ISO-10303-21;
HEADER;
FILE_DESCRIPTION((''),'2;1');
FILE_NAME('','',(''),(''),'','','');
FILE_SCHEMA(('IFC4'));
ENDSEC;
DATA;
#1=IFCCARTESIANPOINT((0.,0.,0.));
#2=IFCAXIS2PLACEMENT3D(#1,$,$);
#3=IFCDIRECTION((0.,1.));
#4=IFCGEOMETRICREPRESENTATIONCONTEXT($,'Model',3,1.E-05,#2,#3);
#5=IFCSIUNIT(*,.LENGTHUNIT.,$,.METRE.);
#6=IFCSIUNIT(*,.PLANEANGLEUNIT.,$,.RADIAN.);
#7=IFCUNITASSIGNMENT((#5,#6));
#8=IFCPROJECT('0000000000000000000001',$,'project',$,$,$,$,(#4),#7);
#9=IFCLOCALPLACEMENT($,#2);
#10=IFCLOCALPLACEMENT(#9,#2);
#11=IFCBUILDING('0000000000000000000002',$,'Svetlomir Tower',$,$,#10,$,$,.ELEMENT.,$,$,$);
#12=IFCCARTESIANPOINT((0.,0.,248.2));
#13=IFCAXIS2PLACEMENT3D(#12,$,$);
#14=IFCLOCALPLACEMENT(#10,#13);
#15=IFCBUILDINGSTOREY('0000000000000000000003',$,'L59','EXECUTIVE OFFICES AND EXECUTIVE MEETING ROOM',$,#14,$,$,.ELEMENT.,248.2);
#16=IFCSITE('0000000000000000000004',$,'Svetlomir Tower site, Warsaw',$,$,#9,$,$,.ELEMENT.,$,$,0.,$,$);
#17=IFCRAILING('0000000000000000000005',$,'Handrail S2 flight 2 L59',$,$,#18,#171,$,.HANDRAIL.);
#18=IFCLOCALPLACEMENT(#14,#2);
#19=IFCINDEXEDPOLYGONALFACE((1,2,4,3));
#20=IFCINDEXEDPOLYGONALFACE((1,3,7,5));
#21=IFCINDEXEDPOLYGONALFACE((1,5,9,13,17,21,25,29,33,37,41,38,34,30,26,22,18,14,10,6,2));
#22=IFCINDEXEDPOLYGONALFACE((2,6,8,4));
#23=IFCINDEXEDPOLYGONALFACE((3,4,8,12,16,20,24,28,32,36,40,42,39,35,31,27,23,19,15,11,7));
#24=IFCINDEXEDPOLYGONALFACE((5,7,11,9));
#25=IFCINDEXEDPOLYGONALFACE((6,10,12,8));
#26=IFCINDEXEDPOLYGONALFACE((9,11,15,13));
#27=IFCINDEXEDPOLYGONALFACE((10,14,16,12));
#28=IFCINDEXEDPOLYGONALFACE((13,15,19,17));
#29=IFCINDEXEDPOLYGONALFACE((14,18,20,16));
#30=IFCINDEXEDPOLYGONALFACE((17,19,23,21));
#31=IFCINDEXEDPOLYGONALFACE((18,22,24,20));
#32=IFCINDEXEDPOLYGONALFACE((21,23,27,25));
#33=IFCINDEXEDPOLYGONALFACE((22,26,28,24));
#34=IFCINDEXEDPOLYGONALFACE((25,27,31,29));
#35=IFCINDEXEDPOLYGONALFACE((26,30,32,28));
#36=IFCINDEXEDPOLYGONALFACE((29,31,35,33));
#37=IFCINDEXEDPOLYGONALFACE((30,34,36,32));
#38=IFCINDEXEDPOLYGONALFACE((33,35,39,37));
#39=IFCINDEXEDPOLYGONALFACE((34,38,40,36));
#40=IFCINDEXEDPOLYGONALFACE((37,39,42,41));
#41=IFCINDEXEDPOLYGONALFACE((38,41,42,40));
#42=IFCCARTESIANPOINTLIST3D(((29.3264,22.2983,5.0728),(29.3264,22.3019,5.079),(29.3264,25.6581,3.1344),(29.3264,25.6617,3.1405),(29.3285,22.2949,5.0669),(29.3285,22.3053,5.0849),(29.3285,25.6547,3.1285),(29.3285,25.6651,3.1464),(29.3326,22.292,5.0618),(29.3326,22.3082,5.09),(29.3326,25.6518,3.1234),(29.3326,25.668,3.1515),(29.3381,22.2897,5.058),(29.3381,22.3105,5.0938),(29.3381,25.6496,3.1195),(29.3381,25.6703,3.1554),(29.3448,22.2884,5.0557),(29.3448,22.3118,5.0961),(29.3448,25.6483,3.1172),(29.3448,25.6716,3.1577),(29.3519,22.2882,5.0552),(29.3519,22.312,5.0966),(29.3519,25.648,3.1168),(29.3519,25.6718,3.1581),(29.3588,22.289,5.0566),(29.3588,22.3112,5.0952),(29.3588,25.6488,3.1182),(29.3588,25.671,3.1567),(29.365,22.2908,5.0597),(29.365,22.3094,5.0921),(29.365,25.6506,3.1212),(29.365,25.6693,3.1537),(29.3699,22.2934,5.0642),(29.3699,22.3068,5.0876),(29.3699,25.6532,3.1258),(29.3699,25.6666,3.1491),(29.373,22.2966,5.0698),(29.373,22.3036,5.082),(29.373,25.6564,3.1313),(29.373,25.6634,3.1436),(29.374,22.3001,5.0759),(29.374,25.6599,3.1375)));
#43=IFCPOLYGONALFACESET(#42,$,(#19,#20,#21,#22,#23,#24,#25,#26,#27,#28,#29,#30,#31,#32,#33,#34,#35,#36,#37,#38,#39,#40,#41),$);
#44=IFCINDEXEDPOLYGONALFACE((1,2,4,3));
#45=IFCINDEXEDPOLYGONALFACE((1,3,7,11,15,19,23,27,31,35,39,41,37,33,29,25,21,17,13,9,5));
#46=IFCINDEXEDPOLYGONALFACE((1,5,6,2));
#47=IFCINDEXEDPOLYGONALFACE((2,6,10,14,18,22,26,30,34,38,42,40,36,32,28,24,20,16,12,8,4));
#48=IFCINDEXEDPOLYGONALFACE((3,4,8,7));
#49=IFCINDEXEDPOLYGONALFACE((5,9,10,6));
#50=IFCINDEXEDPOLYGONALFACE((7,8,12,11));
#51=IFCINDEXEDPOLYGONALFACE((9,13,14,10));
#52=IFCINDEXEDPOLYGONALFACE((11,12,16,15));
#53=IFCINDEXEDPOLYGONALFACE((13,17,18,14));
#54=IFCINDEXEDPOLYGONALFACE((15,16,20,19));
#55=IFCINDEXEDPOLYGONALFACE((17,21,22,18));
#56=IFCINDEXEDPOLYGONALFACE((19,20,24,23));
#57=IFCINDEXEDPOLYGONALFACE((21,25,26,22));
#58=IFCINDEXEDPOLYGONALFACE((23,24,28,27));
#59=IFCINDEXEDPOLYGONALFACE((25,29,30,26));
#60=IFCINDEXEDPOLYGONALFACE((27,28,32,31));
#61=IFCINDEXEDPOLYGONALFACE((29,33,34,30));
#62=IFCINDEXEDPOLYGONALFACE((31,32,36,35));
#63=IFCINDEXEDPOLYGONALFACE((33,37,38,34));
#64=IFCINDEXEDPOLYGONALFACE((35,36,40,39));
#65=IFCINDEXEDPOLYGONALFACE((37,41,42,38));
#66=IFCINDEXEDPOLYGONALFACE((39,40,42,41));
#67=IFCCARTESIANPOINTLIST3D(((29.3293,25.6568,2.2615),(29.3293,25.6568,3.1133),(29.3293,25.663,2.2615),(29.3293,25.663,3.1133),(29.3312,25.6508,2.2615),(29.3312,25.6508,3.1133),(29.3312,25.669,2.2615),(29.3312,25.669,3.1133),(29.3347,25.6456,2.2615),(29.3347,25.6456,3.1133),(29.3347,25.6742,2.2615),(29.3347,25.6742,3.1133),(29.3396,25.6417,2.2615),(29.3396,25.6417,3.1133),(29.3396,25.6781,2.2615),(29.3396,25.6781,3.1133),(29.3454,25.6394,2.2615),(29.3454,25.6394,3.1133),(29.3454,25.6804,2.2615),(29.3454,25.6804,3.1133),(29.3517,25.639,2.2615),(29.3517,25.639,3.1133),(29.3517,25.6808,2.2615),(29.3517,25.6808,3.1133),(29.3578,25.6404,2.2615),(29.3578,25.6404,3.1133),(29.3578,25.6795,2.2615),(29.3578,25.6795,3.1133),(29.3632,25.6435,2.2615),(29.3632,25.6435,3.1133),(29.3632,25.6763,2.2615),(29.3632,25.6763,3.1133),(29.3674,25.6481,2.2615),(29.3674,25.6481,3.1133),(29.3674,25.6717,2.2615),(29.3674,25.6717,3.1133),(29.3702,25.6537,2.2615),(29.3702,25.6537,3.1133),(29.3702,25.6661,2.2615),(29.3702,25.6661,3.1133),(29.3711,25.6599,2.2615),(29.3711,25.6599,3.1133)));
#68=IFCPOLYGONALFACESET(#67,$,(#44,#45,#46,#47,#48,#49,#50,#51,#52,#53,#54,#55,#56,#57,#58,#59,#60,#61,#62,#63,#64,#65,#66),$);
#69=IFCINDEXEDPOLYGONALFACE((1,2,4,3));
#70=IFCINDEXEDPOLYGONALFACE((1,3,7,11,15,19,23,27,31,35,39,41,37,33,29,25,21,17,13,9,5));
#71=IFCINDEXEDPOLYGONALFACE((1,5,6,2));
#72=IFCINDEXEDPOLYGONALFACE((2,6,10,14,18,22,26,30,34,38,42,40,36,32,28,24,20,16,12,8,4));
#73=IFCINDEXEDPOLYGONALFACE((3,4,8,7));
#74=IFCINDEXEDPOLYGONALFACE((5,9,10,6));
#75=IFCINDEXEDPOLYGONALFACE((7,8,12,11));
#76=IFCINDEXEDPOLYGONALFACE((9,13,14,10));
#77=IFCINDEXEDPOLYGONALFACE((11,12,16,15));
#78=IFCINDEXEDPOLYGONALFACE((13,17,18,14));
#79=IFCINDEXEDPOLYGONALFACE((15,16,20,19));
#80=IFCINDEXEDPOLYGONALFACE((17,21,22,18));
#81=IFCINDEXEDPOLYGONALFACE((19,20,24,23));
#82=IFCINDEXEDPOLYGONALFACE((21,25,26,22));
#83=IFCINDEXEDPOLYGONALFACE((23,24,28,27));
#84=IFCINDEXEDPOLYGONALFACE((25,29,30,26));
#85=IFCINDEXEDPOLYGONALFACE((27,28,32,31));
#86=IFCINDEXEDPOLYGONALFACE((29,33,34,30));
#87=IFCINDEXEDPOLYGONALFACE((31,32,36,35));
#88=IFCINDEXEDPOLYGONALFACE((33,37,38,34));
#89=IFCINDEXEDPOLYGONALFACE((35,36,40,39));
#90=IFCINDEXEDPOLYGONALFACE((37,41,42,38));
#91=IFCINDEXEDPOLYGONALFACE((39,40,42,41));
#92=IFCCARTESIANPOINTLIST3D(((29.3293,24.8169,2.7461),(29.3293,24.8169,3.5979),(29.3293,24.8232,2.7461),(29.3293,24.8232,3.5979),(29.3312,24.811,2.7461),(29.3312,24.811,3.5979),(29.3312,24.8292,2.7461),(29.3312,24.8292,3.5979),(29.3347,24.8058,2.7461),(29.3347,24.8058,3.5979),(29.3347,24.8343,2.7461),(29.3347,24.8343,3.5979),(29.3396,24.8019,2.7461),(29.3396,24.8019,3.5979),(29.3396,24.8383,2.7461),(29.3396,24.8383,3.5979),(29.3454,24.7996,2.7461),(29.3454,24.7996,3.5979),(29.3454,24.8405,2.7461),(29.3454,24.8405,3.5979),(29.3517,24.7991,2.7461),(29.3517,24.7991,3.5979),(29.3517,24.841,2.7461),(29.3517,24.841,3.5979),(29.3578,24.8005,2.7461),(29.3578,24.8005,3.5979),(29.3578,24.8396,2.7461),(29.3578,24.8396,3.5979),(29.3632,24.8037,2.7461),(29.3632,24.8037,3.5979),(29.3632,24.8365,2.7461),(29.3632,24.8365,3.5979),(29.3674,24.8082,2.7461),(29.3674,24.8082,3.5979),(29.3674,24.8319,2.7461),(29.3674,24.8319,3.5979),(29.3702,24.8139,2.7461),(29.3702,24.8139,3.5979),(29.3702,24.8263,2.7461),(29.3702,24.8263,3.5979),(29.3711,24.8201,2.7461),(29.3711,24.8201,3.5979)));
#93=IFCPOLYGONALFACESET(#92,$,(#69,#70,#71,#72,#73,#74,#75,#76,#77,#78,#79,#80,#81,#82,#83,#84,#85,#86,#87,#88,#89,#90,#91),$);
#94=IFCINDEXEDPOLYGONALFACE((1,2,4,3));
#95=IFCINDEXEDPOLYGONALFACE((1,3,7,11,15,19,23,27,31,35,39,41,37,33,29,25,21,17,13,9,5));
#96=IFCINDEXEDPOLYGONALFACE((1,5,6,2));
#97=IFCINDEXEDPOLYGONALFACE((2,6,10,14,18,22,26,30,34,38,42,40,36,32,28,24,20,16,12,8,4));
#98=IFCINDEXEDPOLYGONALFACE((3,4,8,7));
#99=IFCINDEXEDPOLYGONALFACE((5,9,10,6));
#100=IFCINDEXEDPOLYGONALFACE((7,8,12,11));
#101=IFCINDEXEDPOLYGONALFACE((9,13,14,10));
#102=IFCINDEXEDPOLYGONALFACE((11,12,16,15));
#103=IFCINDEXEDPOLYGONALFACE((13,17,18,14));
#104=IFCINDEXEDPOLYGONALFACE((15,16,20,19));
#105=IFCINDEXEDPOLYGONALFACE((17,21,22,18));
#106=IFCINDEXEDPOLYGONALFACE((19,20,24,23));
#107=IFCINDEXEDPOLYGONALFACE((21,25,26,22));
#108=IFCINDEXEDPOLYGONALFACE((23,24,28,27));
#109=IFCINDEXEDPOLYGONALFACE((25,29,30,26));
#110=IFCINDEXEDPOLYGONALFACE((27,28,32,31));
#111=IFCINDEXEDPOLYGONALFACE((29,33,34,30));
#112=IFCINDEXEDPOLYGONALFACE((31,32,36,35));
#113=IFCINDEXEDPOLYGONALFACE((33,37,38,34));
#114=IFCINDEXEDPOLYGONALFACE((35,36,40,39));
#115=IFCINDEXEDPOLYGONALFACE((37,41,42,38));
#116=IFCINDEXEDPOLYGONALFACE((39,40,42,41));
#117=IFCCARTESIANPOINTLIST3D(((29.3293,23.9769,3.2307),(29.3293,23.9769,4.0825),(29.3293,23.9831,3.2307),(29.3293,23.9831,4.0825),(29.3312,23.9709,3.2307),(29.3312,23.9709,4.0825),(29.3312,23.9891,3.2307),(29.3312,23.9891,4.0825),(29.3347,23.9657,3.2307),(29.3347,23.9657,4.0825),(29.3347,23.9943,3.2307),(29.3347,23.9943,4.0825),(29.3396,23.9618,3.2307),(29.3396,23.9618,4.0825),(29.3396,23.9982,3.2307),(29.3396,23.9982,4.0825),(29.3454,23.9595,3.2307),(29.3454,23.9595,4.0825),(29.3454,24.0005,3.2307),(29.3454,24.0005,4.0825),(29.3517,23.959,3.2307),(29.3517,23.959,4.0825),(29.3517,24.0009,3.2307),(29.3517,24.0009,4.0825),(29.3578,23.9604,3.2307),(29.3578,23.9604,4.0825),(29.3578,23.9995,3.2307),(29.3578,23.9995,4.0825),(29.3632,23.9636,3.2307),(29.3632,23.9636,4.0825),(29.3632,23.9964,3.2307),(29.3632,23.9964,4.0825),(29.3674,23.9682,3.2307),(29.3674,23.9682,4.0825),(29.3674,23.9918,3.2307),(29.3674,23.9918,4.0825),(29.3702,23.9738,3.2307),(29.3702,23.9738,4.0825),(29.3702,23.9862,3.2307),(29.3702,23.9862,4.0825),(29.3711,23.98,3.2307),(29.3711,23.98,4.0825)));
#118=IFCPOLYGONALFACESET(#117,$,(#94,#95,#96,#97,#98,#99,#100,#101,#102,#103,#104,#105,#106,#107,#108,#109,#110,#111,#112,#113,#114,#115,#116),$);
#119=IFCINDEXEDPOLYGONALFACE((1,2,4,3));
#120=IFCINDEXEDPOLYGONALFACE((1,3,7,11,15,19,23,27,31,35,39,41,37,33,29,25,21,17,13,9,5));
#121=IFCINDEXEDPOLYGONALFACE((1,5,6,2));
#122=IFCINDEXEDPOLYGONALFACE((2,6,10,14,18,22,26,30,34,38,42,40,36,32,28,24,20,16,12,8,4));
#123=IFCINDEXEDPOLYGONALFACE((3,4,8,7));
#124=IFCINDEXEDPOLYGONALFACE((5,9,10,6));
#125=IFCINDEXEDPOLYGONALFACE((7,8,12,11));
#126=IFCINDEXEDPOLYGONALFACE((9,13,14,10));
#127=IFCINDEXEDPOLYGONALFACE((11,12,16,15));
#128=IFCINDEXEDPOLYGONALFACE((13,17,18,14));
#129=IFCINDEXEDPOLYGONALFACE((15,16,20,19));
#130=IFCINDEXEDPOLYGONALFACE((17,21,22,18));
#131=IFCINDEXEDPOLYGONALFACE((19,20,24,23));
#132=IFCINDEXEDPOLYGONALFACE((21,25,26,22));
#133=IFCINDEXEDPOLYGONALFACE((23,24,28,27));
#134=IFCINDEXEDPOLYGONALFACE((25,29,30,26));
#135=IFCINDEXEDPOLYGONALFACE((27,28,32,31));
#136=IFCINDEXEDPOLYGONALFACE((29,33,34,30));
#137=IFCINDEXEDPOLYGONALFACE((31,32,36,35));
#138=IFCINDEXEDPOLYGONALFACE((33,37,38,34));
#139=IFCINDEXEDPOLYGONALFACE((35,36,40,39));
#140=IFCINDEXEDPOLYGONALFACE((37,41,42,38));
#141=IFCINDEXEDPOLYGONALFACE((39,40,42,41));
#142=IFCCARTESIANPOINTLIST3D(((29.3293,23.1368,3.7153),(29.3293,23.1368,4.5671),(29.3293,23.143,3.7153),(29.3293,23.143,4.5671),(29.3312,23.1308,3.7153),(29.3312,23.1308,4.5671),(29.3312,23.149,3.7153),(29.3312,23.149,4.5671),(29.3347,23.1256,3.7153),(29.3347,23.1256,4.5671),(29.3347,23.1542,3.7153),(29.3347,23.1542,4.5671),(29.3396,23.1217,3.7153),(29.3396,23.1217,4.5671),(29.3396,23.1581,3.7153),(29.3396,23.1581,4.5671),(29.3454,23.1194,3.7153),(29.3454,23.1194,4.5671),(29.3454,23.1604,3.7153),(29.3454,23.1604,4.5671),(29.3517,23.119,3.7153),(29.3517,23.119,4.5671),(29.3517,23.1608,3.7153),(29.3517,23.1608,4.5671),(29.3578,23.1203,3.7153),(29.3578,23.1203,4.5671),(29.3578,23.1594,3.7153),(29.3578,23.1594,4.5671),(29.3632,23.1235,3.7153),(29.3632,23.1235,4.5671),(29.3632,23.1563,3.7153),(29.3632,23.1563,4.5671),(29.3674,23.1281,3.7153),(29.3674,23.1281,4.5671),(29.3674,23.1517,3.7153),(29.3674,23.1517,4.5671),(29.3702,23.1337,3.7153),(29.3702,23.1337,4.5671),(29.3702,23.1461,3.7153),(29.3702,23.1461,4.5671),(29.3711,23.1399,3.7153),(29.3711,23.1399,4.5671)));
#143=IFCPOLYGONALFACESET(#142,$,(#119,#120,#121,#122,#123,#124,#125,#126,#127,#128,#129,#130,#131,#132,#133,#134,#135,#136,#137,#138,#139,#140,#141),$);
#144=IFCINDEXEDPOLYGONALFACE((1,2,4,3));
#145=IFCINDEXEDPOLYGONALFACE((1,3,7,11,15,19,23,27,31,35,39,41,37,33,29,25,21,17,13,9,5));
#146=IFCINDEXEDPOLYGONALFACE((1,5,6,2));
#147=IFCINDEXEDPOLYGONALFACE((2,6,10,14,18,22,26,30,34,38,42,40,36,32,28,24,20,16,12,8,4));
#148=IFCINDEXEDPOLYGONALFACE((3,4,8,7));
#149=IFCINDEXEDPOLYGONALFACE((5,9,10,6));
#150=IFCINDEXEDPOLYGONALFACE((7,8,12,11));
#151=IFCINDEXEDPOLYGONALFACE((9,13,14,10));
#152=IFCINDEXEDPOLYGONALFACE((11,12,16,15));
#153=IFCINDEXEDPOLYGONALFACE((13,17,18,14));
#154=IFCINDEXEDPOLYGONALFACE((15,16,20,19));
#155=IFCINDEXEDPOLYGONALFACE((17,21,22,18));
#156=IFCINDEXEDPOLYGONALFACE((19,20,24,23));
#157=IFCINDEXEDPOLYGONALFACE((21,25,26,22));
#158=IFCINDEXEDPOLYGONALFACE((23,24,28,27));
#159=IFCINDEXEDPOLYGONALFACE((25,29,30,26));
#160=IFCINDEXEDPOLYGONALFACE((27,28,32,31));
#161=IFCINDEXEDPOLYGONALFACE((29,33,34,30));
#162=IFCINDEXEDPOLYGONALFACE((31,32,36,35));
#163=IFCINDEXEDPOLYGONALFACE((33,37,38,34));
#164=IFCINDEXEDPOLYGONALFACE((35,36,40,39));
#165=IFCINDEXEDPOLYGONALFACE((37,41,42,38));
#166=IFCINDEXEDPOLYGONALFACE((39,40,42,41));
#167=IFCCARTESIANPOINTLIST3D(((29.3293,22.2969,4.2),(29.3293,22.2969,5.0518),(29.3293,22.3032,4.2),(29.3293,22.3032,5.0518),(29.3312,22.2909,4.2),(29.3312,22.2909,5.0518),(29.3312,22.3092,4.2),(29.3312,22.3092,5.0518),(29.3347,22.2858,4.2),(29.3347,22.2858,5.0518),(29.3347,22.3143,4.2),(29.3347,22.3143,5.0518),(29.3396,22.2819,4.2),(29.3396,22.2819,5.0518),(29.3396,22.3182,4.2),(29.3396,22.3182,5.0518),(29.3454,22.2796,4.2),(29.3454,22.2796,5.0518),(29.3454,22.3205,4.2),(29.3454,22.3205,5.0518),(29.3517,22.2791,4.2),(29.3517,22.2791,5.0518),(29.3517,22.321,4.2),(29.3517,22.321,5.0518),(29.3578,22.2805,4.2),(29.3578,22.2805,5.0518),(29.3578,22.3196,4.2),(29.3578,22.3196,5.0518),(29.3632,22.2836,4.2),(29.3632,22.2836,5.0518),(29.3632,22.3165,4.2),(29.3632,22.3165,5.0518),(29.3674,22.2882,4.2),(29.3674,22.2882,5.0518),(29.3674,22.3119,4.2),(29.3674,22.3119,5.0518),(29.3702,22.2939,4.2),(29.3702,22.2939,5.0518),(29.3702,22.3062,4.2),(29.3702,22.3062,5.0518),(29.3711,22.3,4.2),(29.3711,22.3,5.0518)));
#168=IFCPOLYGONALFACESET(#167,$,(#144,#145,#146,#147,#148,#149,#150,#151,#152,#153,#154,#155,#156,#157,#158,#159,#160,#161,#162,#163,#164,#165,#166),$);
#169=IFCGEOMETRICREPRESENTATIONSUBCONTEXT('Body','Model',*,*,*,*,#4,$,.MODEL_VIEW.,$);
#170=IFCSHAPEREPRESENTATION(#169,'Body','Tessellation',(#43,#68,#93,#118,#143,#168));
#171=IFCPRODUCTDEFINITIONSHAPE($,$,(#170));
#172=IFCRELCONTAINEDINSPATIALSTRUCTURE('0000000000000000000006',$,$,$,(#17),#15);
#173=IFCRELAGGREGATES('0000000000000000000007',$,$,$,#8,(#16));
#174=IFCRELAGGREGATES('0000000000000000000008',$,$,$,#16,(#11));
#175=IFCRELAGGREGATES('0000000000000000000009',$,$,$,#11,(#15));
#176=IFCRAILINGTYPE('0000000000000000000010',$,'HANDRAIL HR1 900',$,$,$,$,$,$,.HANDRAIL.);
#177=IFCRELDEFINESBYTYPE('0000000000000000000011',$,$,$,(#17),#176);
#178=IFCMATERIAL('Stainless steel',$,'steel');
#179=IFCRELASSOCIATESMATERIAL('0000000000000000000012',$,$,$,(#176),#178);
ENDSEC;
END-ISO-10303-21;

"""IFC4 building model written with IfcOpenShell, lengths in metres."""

from ifc_helpers import new_model, si_unit, direction, frame, origin, origin_2d, place, context, subcontext, project, spatial, circle, extrude, material, type_object, element, save


model = new_model("IFC4")

# Units and contexts
model_context = context("Model", 3, precision=1e-05, world=origin(), true_north=direction((0.0, 1.0)))
body_context = subcontext(model_context, "Body", "Model", "MODEL_VIEW")
ifc_project = project(units=[si_unit("LENGTHUNIT", "METRE"), si_unit("PLANEANGLEUNIT", "RADIAN")], contexts=[model_context])

# Site, building, storey
site_placement = place(None, origin())
site = spatial("IfcSite", under=ifc_project, at=site_placement, Name="Svetlomir Tower site, Warsaw", CompositionType="ELEMENT", RefElevation=0.0)
building_placement = place(site_placement, origin())
building = spatial("IfcBuilding", under=site, at=building_placement, Name="Svetlomir Tower", CompositionType="ELEMENT")
storey_placement = place(building_placement, frame((0.0, 0.0, 248.2)))
storey = spatial("IfcBuildingStorey", under=building, at=storey_placement, Name="L59", Description="EXECUTIVE OFFICES AND EXECUTIVE MEETING ROOM", CompositionType="ELEMENT", Elevation=248.2)

# Railing
ifc_material_1 = material(Name="Stainless steel", Category="steel")
railing_type = type_object("IfcRailingType", Name="HANDRAIL HR1 900", PredefinedType="HANDRAIL", material=ifc_material_1)
railing_1_placement = place(storey_placement, frame((29.3501, 25.6599, 2.2615)))
element("IfcRailing", 1, at=railing_1_placement, inside=storey, type_object=railing_type, Name="Handrail S2 flight 2 L59", PredefinedType="HANDRAIL", context=body_context, shape_type="SweptSolid", body=[
    extrude(circle(Radius=0.0239, at=origin_2d()), frame((0.0, 0.0, 0.876), z_axis=(0.0, -0.866175, 0.499741), x_axis=(1.0, 0.0, 0.0)), (0.0, 0.0, 1.0), 3.8789),
    extrude(circle(Radius=0.021, at=origin_2d()), origin(), (0.0, 0.0, 1.0), 0.8518),
    extrude(circle(Radius=0.021, at=origin_2d()), frame((0.0, -0.8398, 0.4846)), (0.0, 0.0, 1.0), 0.8518),
    extrude(circle(Radius=0.021, at=origin_2d()), frame((0.0, -1.6799, 0.9692)), (0.0, 0.0, 1.0), 0.8518),
    extrude(circle(Radius=0.021, at=origin_2d()), frame((0.0, -2.52, 1.4539)), (0.0, 0.0, 1.0), 0.8518),
    extrude(circle(Radius=0.021, at=origin_2d()), frame((0.0, -3.3599, 1.9385)), (0.0, 0.0, 1.0), 0.8518),
])

save(model, "model.ifc")
